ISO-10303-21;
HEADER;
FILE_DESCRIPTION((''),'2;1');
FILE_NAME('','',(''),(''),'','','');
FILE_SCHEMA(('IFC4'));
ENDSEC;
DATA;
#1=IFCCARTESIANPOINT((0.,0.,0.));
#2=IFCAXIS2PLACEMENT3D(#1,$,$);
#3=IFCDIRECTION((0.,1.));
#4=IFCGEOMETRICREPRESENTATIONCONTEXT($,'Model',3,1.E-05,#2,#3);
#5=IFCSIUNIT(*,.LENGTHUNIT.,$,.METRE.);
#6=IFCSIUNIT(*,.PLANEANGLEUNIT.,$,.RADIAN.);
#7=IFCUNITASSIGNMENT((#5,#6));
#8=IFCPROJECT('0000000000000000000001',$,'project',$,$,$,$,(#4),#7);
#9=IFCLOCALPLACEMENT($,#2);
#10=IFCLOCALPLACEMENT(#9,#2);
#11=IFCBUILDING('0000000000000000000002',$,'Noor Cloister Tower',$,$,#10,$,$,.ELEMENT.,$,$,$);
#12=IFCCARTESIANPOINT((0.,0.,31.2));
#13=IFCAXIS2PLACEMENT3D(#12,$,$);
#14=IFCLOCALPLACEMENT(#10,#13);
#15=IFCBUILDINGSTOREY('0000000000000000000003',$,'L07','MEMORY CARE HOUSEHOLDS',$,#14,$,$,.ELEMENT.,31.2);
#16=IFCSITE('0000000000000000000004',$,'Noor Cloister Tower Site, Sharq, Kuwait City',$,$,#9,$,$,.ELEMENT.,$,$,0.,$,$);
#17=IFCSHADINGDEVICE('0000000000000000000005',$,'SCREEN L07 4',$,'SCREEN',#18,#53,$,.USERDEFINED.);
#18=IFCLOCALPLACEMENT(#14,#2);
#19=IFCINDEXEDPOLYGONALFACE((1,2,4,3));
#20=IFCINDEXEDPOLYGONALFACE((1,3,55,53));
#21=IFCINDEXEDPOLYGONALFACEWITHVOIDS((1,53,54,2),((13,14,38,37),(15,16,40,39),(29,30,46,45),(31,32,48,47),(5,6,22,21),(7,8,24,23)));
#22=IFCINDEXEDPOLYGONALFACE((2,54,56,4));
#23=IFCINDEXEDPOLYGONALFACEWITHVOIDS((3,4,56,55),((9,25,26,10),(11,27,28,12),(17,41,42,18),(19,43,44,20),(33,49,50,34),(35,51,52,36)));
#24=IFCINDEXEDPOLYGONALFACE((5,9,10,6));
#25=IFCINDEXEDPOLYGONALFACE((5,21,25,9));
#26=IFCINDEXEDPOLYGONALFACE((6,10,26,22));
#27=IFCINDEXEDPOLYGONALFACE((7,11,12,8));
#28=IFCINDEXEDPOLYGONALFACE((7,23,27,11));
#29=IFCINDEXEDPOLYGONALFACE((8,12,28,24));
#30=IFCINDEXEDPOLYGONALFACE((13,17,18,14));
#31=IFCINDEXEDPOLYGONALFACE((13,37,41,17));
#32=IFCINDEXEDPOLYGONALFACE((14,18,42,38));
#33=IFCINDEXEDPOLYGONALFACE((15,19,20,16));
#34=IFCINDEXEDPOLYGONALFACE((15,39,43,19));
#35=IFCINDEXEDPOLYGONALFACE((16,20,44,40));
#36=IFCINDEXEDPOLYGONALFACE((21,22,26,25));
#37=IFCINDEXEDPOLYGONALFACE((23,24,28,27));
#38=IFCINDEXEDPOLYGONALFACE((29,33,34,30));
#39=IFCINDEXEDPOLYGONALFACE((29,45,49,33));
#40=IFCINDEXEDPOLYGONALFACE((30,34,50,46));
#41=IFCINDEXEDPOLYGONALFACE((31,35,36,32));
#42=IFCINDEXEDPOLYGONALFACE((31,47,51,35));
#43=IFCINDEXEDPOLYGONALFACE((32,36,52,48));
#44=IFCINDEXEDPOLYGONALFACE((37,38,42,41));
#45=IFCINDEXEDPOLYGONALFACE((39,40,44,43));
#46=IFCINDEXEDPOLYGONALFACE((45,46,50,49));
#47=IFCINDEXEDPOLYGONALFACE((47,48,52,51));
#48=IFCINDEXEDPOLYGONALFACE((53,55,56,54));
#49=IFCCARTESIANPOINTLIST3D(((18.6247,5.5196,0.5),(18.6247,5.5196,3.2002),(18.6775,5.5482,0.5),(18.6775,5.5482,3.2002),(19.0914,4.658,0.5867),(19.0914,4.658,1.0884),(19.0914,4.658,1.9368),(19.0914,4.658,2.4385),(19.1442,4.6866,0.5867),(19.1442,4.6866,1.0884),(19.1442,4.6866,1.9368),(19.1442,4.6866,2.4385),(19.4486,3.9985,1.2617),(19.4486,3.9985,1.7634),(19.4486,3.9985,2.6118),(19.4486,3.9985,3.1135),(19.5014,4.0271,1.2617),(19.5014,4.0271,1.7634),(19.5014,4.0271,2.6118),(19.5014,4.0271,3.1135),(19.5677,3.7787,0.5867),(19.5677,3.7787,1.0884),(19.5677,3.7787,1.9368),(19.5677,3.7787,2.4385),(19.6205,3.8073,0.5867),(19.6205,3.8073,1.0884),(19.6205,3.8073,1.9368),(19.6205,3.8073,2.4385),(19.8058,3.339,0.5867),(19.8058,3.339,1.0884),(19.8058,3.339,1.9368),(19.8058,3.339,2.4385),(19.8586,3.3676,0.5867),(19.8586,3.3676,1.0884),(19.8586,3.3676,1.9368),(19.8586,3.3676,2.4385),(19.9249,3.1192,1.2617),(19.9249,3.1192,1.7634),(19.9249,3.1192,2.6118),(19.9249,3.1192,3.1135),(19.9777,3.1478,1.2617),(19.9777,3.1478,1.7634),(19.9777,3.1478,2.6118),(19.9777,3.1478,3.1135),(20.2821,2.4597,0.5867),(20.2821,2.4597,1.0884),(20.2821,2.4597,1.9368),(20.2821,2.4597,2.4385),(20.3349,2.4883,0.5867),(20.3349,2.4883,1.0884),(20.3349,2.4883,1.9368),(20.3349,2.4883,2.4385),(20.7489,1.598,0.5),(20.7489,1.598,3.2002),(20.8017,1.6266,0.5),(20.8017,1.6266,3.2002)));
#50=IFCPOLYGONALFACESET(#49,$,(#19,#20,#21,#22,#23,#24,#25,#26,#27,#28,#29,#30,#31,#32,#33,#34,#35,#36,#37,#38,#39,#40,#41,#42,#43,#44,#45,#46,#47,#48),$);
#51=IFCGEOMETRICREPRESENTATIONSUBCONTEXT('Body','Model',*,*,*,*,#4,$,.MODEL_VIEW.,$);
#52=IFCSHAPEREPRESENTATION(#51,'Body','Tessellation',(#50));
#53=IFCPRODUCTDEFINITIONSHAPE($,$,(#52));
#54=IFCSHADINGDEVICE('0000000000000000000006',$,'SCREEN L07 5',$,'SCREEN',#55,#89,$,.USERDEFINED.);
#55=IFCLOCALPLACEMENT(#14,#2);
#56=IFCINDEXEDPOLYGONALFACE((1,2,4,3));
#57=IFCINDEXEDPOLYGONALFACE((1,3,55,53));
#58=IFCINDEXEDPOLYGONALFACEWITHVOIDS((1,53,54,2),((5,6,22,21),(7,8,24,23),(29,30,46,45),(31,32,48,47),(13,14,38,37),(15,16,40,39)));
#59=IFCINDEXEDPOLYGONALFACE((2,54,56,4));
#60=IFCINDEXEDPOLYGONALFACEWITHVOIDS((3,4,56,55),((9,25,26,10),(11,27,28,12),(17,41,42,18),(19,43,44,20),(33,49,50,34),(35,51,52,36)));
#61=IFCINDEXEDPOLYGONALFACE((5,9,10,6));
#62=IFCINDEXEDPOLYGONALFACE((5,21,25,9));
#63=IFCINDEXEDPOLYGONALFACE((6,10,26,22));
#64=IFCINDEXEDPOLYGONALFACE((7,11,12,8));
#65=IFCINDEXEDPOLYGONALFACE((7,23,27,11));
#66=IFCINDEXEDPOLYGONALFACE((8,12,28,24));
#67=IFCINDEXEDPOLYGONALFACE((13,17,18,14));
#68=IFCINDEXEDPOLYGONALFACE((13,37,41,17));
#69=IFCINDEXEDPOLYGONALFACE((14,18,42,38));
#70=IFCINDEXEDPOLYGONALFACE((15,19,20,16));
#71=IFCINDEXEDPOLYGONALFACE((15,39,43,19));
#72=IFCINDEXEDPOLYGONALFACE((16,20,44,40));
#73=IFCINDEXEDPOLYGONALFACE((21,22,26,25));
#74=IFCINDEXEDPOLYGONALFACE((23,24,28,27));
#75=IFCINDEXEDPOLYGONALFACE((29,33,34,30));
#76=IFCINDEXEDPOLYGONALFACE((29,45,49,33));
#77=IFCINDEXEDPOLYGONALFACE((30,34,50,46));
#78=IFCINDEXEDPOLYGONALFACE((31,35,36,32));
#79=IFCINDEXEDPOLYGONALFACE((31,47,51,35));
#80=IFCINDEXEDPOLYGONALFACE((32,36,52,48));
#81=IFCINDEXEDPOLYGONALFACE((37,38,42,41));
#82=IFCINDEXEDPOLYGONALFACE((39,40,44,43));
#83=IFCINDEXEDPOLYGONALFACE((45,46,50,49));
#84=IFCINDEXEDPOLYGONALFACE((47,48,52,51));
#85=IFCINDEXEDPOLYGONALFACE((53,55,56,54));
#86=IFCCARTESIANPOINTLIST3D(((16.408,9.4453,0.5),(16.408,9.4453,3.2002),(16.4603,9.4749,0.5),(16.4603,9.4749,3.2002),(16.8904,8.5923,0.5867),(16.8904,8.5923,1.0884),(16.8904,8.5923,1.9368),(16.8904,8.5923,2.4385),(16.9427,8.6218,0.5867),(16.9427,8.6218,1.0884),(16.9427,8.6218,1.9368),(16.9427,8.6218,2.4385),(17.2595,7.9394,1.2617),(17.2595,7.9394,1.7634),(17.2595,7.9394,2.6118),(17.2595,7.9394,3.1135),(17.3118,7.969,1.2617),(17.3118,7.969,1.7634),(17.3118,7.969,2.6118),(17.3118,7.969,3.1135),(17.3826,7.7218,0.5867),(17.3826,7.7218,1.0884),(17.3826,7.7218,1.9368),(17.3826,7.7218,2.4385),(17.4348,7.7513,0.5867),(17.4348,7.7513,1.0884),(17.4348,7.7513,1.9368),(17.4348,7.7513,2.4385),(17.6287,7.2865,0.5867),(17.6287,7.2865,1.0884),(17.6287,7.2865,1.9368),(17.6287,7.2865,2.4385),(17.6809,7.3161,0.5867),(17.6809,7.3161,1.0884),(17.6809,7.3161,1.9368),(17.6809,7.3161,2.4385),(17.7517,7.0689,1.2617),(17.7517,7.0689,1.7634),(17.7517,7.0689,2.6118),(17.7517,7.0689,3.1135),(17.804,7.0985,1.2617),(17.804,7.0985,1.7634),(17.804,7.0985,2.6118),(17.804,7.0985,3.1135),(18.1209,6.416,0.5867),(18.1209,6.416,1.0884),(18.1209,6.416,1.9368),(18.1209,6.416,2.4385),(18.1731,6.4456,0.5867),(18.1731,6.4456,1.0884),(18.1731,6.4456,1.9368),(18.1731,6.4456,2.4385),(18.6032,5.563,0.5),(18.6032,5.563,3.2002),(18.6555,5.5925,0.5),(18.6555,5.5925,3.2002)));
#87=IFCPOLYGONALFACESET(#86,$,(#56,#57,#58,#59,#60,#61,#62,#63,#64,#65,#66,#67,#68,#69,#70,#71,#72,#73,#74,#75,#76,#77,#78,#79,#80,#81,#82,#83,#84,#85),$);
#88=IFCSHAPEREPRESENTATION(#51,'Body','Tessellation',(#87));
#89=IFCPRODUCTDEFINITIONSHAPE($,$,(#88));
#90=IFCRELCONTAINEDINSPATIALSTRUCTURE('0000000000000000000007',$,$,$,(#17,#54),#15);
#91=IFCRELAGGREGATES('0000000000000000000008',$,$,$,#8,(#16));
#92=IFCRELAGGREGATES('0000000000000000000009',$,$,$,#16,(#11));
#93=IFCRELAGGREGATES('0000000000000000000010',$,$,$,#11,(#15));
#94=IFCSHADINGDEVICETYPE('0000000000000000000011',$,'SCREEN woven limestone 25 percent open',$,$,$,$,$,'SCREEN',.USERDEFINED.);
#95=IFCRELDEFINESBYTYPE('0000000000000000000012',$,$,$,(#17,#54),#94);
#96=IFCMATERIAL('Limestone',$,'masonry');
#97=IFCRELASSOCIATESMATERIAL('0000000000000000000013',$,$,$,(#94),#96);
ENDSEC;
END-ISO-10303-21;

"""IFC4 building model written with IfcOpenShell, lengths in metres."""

from ifc_helpers import new_model, si_unit, direction, frame, origin, place, context, subcontext, project, spatial, polyline, outline, extrude, material, material_profile, profile_set, type_object, element, save


model = new_model("IFC4")

# Units and contexts
model_context = context("Model", 3, precision=1e-05, world=origin(), true_north=direction((0.0, 1.0)))
body_context = subcontext(model_context, "Body", "Model", "MODEL_VIEW")
ifc_project = project(units=[si_unit("LENGTHUNIT", "METRE"), si_unit("PLANEANGLEUNIT", "RADIAN")], contexts=[model_context])

# Site, building, storey
site_placement = place(None, origin())
site = spatial("IfcSite", under=ifc_project, at=site_placement, Name="Noor Cloister Tower Site, Sharq, Kuwait City", CompositionType="ELEMENT", RefElevation=0.0)
building_placement = place(site_placement, origin())
building = spatial("IfcBuilding", under=site, at=building_placement, Name="Noor Cloister Tower", CompositionType="ELEMENT")
storey_placement = place(building_placement, frame((0.0, 0.0, 31.2)))
storey = spatial("IfcBuildingStorey", under=building, at=storey_placement, Name="L07", Description="MEMORY CARE HOUSEHOLDS", CompositionType="ELEMENT", Elevation=31.2)

# Shading devices
ifc_material_1 = material(Name="Limestone", Category="masonry")
ifc_material_profile_1 = material_profile(ifc_material_1, outline(polyline([(-2.23, -1.3501), (2.23, -1.3501), (2.23, 1.3501), (-2.23, 1.3501), (-2.23, -1.3501)]), holes=[polyline([(-1.25, -1.2634), (-0.25, -1.2634), (-0.25, -0.7617), (-1.25, -0.7617), (-1.25, -1.2634)]), polyline([(0.25, -1.2634), (1.25, -1.2634), (1.25, -0.7617), (0.25, -0.7617), (0.25, -1.2634)]), polyline([(-0.5, -0.5884), (0.5, -0.5884), (0.5, -0.0867), (-0.5, -0.0867), (-0.5, -0.5884)]), polyline([(-1.25, 0.0867), (-0.25, 0.0867), (-0.25, 0.5884), (-1.25, 0.5884), (-1.25, 0.0867)]), polyline([(0.25, 0.0867), (1.25, 0.0867), (1.25, 0.5884), (0.25, 0.5884), (0.25, 0.0867)]), polyline([(-0.5, 0.7617), (0.5, 0.7617), (0.5, 1.2634), (-0.5, 1.2634), (-0.5, 0.7617)])]), Name="Woven screen 25 percent open")
ifc_profile_set_1 = profile_set([ifc_material_profile_1], Name="Limestone")
shading_device_type = type_object("IfcShadingDeviceType", Name="SCREEN woven limestone 25 percent open", ElementType="SCREEN", PredefinedType="USERDEFINED", material=ifc_profile_set_1)
for number, where, z_axis, x_axis, name in (
    (1, (19.6868, 3.5588, 1.8501), (0.879292, 0.476283, 0.0), (-0.476283, 0.879292, 0.0), "SCREEN L07 4"),
    (2, (17.5056, 7.5042, 1.8501), (0.870487, 0.492191, 0.0), (-0.492191, 0.870487, 0.0), "SCREEN L07 5"),
):
    element("IfcShadingDevice", number, at=place(storey_placement, frame(where, z_axis=z_axis, x_axis=x_axis)), inside=storey, type_object=shading_device_type, Name=name, ObjectType="SCREEN", PredefinedType="USERDEFINED", context=body_context, shape_type="SweptSolid", body=[
        extrude(outline(polyline([(-2.23, -1.3501), (2.23, -1.3501), (2.23, 1.3501), (-2.23, 1.3501), (-2.23, -1.3501)]), holes=[polyline([(-1.25, -1.2634), (-0.25, -1.2634), (-0.25, -0.7617), (-1.25, -0.7617), (-1.25, -1.2634)]), polyline([(0.25, -1.2634), (1.25, -1.2634), (1.25, -0.7617), (0.25, -0.7617), (0.25, -1.2634)]), polyline([(-0.5, -0.5884), (0.5, -0.5884), (0.5, -0.0867), (-0.5, -0.0867), (-0.5, -0.5884)]), polyline([(-1.25, 0.0867), (-0.25, 0.0867), (-0.25, 0.5884), (-1.25, 0.5884), (-1.25, 0.0867)]), polyline([(0.25, 0.0867), (1.25, 0.0867), (1.25, 0.5884), (0.25, 0.5884), (0.25, 0.0867)]), polyline([(-0.5, 0.7617), (0.5, 0.7617), (0.5, 1.2634), (-0.5, 1.2634), (-0.5, 0.7617)])]), origin(), (0.0, 0.0, 1.0), 0.0601),
    ])

save(model, "model.ifc")
